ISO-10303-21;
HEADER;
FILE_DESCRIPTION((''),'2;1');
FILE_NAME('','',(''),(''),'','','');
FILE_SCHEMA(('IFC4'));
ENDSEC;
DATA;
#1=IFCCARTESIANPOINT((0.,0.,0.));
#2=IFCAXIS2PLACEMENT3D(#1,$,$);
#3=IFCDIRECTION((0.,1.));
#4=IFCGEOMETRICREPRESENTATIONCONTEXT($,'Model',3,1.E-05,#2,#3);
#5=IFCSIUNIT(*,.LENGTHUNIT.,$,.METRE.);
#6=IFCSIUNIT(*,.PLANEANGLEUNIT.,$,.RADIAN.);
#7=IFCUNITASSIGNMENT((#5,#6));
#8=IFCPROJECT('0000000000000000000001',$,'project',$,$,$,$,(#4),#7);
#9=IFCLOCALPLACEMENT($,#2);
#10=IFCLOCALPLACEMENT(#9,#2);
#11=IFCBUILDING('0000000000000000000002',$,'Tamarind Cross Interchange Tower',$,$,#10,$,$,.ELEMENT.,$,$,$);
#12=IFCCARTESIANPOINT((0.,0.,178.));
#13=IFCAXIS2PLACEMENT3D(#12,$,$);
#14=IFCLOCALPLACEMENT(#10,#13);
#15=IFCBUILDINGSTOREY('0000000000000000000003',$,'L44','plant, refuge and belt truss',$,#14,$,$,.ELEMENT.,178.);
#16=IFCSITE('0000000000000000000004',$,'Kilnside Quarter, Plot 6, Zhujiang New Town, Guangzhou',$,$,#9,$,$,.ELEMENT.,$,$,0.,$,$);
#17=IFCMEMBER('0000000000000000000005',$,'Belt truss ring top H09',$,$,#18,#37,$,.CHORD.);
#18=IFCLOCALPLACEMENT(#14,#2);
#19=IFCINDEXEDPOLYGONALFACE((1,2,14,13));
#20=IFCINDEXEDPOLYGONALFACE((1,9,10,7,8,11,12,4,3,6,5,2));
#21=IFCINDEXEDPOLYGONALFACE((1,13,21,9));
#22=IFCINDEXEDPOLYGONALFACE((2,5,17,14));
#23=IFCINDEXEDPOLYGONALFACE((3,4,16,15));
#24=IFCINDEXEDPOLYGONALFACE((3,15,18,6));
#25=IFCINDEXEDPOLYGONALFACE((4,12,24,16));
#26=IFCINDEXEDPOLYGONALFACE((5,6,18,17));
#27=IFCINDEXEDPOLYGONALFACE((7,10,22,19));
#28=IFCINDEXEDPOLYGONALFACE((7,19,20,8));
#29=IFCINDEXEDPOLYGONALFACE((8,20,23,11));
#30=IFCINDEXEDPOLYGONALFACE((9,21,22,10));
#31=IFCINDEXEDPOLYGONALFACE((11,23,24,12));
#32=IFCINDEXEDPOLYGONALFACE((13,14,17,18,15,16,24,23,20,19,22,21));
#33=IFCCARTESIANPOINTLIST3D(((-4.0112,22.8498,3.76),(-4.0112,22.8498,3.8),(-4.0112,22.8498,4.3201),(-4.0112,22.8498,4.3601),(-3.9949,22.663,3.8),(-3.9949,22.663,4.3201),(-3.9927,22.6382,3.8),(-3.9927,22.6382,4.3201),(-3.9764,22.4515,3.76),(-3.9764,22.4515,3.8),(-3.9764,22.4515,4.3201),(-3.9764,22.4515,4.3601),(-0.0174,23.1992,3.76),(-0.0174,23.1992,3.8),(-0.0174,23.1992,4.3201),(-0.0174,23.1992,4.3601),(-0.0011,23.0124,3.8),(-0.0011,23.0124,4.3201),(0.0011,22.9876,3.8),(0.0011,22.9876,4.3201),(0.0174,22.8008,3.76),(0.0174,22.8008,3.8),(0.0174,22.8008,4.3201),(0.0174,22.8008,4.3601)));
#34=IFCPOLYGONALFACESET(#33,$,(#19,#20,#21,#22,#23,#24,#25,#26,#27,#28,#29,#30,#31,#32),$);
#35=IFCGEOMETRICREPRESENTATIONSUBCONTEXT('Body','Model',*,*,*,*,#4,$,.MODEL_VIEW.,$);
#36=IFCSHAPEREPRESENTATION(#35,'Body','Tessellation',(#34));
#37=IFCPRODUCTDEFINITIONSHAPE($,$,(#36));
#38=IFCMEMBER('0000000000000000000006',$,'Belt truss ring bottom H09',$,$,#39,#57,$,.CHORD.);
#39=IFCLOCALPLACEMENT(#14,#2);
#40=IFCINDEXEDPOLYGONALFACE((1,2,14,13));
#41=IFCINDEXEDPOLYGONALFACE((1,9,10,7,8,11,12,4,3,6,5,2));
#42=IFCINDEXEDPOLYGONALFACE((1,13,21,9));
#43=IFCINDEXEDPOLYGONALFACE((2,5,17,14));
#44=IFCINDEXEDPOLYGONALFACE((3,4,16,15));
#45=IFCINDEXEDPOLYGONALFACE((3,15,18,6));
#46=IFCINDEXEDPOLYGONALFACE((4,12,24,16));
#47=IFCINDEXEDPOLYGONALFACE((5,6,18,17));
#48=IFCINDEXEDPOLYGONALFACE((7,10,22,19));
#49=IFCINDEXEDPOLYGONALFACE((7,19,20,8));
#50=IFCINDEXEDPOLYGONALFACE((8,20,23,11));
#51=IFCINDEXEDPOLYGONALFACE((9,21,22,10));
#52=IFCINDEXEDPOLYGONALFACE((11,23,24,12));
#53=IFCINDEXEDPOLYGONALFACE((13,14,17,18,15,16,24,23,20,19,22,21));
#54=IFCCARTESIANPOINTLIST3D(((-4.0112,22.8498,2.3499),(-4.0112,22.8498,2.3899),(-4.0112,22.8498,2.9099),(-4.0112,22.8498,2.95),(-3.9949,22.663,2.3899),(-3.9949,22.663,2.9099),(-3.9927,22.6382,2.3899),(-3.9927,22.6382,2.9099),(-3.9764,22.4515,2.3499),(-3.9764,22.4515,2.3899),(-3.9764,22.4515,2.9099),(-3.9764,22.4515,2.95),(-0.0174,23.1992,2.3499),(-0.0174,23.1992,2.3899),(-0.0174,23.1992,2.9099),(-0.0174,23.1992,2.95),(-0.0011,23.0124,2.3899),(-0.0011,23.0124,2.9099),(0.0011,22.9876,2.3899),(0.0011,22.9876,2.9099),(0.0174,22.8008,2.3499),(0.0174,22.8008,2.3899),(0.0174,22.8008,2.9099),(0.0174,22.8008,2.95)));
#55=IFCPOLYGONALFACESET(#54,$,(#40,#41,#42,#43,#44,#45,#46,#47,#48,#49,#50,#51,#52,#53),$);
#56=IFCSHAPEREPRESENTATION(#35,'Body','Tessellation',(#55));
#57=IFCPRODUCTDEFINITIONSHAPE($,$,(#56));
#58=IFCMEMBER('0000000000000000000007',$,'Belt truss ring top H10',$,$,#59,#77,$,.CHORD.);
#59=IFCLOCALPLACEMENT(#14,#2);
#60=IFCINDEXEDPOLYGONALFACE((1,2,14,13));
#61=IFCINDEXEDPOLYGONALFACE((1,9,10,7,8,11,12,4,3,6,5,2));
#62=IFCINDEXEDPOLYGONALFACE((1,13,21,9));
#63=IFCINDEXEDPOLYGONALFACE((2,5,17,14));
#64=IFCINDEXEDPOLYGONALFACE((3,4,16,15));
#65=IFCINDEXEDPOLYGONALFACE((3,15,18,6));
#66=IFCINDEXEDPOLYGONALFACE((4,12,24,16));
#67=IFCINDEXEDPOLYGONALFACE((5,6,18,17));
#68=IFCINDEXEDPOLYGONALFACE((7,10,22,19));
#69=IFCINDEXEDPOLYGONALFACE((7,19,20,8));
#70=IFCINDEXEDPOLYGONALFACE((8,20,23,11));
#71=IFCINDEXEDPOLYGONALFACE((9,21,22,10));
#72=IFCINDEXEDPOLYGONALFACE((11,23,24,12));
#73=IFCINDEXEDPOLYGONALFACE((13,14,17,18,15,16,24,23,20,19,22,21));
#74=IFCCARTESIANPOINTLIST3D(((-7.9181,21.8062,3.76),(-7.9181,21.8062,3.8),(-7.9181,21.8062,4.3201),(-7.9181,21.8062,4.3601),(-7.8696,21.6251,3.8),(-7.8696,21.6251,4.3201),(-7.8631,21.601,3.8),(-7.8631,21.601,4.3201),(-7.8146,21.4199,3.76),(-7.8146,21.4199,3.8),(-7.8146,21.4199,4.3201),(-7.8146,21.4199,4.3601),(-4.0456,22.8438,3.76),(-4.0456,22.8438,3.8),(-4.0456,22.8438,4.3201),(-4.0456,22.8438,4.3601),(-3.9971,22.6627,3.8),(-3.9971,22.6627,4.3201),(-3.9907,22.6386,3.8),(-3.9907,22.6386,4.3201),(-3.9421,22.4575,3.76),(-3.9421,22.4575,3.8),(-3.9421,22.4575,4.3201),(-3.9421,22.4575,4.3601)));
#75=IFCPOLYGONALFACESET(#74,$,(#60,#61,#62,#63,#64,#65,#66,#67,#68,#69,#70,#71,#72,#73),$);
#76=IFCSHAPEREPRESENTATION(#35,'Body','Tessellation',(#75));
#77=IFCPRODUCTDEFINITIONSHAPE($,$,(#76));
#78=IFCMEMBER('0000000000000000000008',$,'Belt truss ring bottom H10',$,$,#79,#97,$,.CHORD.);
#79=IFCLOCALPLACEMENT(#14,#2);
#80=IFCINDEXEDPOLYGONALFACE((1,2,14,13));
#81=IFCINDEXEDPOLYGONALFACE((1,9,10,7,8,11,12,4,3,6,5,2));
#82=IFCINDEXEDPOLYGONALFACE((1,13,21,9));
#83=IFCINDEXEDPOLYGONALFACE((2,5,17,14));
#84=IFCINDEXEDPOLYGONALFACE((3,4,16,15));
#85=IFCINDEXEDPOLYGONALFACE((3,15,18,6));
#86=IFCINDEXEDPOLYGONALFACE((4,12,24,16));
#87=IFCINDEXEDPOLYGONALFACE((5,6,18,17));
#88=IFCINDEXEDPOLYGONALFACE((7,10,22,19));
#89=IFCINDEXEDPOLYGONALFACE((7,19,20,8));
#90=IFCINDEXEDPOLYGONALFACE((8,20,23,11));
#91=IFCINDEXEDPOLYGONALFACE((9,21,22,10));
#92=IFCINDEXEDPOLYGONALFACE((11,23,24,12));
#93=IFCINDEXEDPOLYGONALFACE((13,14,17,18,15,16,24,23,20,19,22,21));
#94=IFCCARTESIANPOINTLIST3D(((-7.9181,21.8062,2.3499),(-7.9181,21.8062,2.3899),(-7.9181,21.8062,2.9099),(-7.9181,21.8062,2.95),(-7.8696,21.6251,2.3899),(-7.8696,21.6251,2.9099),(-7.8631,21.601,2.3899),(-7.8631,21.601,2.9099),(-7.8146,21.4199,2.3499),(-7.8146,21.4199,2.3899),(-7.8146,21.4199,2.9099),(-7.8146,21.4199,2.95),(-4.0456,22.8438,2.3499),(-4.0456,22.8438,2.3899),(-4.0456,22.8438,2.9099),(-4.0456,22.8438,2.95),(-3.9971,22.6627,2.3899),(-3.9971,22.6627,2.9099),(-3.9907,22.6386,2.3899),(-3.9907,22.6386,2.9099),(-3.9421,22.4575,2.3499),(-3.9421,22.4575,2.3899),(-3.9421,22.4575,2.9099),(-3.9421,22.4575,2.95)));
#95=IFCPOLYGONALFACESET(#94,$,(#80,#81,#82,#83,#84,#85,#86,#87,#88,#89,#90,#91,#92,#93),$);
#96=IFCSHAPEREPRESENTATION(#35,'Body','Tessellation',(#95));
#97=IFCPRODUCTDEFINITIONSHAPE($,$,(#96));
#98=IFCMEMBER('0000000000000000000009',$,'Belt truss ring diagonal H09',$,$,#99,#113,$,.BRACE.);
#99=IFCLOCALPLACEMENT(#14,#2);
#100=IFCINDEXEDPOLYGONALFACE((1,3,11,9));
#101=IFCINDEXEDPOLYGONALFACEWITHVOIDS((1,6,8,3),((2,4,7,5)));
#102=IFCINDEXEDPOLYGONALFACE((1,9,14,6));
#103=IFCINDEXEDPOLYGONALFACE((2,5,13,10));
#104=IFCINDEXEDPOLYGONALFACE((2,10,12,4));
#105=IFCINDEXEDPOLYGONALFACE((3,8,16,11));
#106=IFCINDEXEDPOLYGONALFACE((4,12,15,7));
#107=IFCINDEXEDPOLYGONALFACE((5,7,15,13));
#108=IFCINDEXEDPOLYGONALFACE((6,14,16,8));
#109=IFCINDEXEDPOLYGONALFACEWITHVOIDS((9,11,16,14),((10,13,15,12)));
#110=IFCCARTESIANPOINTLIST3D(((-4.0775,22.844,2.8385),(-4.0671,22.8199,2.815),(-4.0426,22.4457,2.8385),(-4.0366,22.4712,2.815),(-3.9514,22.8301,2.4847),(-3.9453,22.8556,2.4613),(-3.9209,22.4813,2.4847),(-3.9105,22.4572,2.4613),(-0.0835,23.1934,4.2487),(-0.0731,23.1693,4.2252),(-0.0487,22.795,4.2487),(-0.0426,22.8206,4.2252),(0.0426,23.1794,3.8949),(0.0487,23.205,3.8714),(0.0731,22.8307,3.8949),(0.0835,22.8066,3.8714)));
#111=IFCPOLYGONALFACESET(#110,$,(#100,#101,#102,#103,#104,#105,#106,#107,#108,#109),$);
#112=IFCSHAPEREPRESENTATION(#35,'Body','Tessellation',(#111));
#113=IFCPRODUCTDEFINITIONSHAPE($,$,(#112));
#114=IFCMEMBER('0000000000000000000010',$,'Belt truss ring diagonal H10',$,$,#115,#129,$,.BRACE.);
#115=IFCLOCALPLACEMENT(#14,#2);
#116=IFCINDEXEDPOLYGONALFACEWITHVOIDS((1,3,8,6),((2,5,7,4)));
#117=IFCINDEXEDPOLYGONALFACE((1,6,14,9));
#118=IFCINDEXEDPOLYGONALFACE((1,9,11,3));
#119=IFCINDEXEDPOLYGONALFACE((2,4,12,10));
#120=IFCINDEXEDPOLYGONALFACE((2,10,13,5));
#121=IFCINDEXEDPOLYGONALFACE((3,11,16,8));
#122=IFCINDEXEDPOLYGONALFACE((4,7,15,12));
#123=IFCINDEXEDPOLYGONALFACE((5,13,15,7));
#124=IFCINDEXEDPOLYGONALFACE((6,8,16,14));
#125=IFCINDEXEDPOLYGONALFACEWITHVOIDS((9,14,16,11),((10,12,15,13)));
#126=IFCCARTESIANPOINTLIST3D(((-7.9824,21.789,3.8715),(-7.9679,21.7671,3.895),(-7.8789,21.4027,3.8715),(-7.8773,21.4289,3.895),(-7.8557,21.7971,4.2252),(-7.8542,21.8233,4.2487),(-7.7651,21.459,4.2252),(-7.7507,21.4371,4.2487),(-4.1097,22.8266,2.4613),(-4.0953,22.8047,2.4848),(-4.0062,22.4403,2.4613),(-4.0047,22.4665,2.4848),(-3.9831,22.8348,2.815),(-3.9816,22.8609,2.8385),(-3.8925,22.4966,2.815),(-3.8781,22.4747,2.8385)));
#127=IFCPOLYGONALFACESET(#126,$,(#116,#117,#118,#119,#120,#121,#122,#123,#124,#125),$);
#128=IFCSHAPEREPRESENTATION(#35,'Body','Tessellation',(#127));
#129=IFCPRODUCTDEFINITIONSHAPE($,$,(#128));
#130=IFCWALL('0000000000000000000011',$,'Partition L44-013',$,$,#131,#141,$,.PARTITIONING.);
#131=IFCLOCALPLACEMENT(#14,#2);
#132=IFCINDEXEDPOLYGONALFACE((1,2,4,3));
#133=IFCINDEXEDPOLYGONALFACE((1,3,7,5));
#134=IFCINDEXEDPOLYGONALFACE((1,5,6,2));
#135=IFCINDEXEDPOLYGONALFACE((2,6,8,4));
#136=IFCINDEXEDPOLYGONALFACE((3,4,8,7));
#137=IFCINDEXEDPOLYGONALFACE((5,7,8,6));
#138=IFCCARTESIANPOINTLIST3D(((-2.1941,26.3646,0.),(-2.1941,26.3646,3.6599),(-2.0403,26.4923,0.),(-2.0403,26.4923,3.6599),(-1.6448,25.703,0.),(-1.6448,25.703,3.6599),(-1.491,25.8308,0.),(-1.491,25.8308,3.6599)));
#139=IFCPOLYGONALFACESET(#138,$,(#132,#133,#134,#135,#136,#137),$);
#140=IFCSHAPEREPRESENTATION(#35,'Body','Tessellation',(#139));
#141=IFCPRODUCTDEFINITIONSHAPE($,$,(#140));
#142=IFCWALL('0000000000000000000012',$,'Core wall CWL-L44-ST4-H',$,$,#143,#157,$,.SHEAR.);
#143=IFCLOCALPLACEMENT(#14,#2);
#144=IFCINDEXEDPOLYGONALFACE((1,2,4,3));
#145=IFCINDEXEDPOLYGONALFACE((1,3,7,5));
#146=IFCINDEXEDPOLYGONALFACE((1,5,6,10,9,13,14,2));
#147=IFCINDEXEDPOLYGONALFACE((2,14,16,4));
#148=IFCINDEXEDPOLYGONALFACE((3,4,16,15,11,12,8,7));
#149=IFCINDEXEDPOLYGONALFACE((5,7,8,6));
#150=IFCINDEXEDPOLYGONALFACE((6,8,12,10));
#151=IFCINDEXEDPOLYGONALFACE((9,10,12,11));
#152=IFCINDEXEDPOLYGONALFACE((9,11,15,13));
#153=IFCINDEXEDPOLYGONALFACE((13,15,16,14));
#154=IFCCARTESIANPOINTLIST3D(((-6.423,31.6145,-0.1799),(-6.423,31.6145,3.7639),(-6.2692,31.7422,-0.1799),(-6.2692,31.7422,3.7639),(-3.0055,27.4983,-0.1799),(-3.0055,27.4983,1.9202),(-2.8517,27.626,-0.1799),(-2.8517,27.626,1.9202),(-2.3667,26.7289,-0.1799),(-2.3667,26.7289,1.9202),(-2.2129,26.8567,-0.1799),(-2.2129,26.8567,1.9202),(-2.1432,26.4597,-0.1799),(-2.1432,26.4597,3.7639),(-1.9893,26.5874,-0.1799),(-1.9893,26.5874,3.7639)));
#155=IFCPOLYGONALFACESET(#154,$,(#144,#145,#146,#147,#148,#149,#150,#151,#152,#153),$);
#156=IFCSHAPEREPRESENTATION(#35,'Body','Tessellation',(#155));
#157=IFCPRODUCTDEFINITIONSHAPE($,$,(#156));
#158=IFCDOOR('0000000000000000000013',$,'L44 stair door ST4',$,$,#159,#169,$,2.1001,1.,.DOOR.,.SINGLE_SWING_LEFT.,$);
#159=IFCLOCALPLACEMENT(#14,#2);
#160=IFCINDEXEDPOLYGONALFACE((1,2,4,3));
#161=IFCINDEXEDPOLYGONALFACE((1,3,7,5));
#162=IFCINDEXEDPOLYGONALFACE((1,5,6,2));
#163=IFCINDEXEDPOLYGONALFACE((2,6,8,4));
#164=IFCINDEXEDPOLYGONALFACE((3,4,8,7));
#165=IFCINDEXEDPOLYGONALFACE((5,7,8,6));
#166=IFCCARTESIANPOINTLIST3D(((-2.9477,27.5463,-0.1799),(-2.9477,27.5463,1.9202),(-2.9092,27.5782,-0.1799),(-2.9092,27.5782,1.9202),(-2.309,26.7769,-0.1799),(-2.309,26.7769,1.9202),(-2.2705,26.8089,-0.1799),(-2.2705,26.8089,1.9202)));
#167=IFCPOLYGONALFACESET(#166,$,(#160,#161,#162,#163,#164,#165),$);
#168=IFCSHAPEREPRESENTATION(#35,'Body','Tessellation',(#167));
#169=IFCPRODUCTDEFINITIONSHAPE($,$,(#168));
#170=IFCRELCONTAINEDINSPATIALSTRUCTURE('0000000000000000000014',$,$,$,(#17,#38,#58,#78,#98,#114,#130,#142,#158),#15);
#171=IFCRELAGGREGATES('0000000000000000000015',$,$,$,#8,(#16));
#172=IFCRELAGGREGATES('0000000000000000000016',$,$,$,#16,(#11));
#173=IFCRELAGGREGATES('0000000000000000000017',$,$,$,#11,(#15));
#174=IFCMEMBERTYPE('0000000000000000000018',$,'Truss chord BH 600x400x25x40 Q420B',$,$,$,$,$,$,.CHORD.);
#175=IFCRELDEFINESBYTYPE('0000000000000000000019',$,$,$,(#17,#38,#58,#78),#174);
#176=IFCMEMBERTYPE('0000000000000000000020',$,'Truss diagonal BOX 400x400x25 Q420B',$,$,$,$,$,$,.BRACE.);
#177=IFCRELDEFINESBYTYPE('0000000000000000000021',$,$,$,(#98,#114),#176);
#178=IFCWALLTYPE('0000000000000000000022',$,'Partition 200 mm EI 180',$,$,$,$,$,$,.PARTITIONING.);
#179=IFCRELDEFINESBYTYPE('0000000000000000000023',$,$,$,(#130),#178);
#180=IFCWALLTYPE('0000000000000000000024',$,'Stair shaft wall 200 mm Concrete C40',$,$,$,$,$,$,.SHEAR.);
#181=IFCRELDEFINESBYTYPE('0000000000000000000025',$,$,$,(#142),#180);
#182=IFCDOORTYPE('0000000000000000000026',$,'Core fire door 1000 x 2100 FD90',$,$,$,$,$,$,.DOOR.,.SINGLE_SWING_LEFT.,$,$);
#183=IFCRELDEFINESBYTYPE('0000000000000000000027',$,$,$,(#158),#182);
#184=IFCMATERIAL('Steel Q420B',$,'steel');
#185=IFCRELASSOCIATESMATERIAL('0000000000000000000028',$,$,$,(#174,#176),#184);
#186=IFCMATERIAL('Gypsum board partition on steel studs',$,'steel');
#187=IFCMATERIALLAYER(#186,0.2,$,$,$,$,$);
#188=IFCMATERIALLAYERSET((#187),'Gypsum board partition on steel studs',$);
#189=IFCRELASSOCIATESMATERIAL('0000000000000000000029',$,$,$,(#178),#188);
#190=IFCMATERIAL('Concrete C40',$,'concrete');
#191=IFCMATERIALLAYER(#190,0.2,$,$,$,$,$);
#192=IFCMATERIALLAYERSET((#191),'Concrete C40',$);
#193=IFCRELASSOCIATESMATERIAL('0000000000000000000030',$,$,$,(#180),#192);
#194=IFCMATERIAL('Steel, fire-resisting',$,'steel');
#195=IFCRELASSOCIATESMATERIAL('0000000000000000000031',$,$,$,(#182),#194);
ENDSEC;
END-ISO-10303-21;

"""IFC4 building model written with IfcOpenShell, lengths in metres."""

from ifc_helpers import new_model, si_unit, direction, frame, frame_2d, origin, origin_2d, place, context, subcontext, project, spatial, rectangle, hollow_rectangle, i_section, extrude, material, layer, layer_set, material_profile, profile_set, type_object, element, fill, save


model = new_model("IFC4")

# Units and contexts
model_context = context("Model", 3, precision=1e-05, world=origin(), true_north=direction((0.0, 1.0)))
body_context = subcontext(model_context, "Body", "Model", "MODEL_VIEW")
ifc_project = project(units=[si_unit("LENGTHUNIT", "METRE"), si_unit("PLANEANGLEUNIT", "RADIAN")], contexts=[model_context])

# Site, building, storey
site_placement = place(None, origin())
site = spatial("IfcSite", under=ifc_project, at=site_placement, Name="Kilnside Quarter, Plot 6, Zhujiang New Town, Guangzhou", CompositionType="ELEMENT", RefElevation=0.0)
building_placement = place(site_placement, origin())
building = spatial("IfcBuilding", under=site, at=building_placement, Name="Tamarind Cross Interchange Tower", CompositionType="ELEMENT")
storey_placement = place(building_placement, frame((0.0, 0.0, 178.0)))
storey = spatial("IfcBuildingStorey", under=building, at=storey_placement, Name="L44", Description="plant, refuge and belt truss", CompositionType="ELEMENT", Elevation=178.0)

# Members
ifc_material_1 = material(Name="Steel Q420B", Category="steel")
ifc_material_profile_1 = material_profile(ifc_material_1, i_section(OverallWidth=0.3999, OverallDepth=0.6001, WebThickness=0.0249, FlangeThickness=0.04, at=origin_2d()), Name="BH 600x400x25x40")
ifc_profile_set_1 = profile_set([ifc_material_profile_1], Name="Steel Q420B")
member_type_1 = type_object("IfcMemberType", Name="Truss chord BH 600x400x25x40 Q420B", PredefinedType="CHORD", material=ifc_profile_set_1)
for number, where, z_axis, x_axis, name in (
    (1, (0.0, 23.0, 4.0601), (-0.996196, -0.087142, 0.0), (0.087142, -0.996196, 0.0), "Belt truss ring top H09"),
    (2, (0.0, 23.0, 2.6499), (-0.996196, -0.087142, 0.0), (0.087142, -0.996196, 0.0), "Belt truss ring bottom H09"),
    (3, (-3.9939, 22.6506, 4.0601), (-0.965929, -0.258807, 0.0), (0.258807, -0.965929, 0.0), "Belt truss ring top H10"),
    (4, (-3.9939, 22.6506, 2.6499), (-0.965929, -0.258807, 0.0), (0.258807, -0.965929, 0.0), "Belt truss ring bottom H10"),
):
    element("IfcMember", number, at=place(storey_placement, frame(where, z_axis=z_axis, x_axis=x_axis)), inside=storey, type_object=member_type_1, Name=name, PredefinedType="CHORD", context=body_context, shape_type="SweptSolid", body=[
        extrude(i_section(OverallWidth=0.3999, OverallDepth=0.6001, WebThickness=0.0249, FlangeThickness=0.04, at=origin_2d()), origin(), (0.0, 0.0, 1.0), 4.009),
    ])
ifc_material_profile_2 = material_profile(ifc_material_1, hollow_rectangle(XDim=0.3999, YDim=0.3999, WallThickness=0.0249, at=origin_2d()), Name="BOX 400x400x25")
ifc_profile_set_2 = profile_set([ifc_material_profile_2], Name="Steel Q420B")
member_type_2 = type_object("IfcMemberType", Name="Truss diagonal BOX 400x400x25 Q420B", PredefinedType="BRACE", material=ifc_profile_set_2)
for number, where, z_axis, x_axis, name in (
    (5, (0.0, 23.0, 4.0601), (-0.939758, -0.082205, -0.331808), (0.087142, -0.996196, 0.0), "Belt truss ring diagonal H09"),
    (6, (-3.9939, 22.6506, 2.6499), (-0.911206, -0.244145, 0.331807), (0.258807, -0.965929, 0.0), "Belt truss ring diagonal H10"),
):
    element("IfcMember", number, at=place(storey_placement, frame(where, z_axis=z_axis, x_axis=x_axis)), inside=storey, type_object=member_type_2, Name=name, PredefinedType="BRACE", context=body_context, shape_type="SweptSolid", body=[
        extrude(hollow_rectangle(XDim=0.3999, YDim=0.3999, WallThickness=0.0249, at=origin_2d()), origin(), (0.0, 0.0, 1.0), 4.25),
    ])

# Wall
ifc_material_2 = material(Name="Gypsum board partition on steel studs", Category="steel")
ifc_layer_1 = layer(ifc_material_2, 0.2)
ifc_layer_set_1 = layer_set([ifc_layer_1], Name="Gypsum board partition on steel studs")
wall_type_1 = type_object("IfcWallType", Name="Partition 200 mm EI 180", PredefinedType="PARTITIONING", material=ifc_layer_set_1)
wall_1_placement = place(storey_placement, frame((-2.1172, 26.4285, 0.0), z_axis=(0.0, 0.0, 1.0), x_axis=(0.638787, -0.769384, 0.0)))
element("IfcWall", 7, at=wall_1_placement, inside=storey, type_object=wall_type_1, Name="Partition L44-013", PredefinedType="PARTITIONING", context=body_context, shape_type="SweptSolid", body=[
    extrude(rectangle(XDim=0.8599, YDim=0.2, at=frame_2d((0.4299, 0.0))), origin(), (0.0, 0.0, 1.0), 3.6599),
])

# Wall, opening, door
ifc_material_3 = material(Name="Concrete C40", Category="concrete")
ifc_layer_2 = layer(ifc_material_3, 0.2)
ifc_layer_set_2 = layer_set([ifc_layer_2], Name="Concrete C40")
wall_type_2 = type_object("IfcWallType", Name="Stair shaft wall 200 mm Concrete C40", PredefinedType="SHEAR", material=ifc_layer_set_2)
wall_2_placement = place(storey_placement, frame((-2.0662, 26.5234, -0.1799), z_axis=(0.0, 0.0, 1.0), x_axis=(-0.638785, 0.769385, 0.0)))
wall_2 = element("IfcWall", 8, at=wall_2_placement, inside=storey, type_object=wall_type_2, Name="Core wall CWL-L44-ST4-H", PredefinedType="SHEAR", context=body_context, shape_type="SweptSolid", body=[
    extrude(rectangle(XDim=6.7, YDim=0.2, at=frame_2d((3.3501, 0.0))), origin(), (0.0, 0.0, 1.0), 3.9438),
])
opening_placement = place(wall_2_placement, frame((0.3501, 0.0, 0.0)))
opening = element("IfcOpeningElement", 9, at=opening_placement, cuts=wall_2, PredefinedType="OPENING", context=body_context, shape_type="SweptSolid", body=[
    extrude(rectangle(XDim=1.0, YDim=2.1001, at=frame_2d((0.5, 1.05))), frame((0.0, 0.1099, 0.0), z_axis=(0.0, -1.0, 0.0), x_axis=(1.0, 0.0, 0.0)), (0.0, 0.0, 1.0), 0.22),
])
ifc_material_4 = material(Name="Steel, fire-resisting", Category="steel")
door_type = type_object("IfcDoorType", Name="Core fire door 1000 x 2100 FD90", OperationType="SINGLE_SWING_LEFT", PredefinedType="DOOR", material=ifc_material_4)
door_placement = place(opening_placement, origin())
door = element("IfcDoor", 10, at=door_placement, inside=storey, type_object=door_type, Name="L44 stair door ST4", OperationType="SINGLE_SWING_LEFT", OverallHeight=2.1001, OverallWidth=1.0, PredefinedType="DOOR", context=body_context, shape_type="SweptSolid", body=[
    extrude(rectangle(XDim=1.0, YDim=2.1001, at=frame_2d((0.5, 1.05))), frame((0.0, 0.0249, 0.0), z_axis=(0.0, -1.0, 0.0), x_axis=(1.0, 0.0, 0.0)), (0.0, 0.0, 1.0), 0.05),
])
fill(opening, door)

save(model, "model.ifc")
